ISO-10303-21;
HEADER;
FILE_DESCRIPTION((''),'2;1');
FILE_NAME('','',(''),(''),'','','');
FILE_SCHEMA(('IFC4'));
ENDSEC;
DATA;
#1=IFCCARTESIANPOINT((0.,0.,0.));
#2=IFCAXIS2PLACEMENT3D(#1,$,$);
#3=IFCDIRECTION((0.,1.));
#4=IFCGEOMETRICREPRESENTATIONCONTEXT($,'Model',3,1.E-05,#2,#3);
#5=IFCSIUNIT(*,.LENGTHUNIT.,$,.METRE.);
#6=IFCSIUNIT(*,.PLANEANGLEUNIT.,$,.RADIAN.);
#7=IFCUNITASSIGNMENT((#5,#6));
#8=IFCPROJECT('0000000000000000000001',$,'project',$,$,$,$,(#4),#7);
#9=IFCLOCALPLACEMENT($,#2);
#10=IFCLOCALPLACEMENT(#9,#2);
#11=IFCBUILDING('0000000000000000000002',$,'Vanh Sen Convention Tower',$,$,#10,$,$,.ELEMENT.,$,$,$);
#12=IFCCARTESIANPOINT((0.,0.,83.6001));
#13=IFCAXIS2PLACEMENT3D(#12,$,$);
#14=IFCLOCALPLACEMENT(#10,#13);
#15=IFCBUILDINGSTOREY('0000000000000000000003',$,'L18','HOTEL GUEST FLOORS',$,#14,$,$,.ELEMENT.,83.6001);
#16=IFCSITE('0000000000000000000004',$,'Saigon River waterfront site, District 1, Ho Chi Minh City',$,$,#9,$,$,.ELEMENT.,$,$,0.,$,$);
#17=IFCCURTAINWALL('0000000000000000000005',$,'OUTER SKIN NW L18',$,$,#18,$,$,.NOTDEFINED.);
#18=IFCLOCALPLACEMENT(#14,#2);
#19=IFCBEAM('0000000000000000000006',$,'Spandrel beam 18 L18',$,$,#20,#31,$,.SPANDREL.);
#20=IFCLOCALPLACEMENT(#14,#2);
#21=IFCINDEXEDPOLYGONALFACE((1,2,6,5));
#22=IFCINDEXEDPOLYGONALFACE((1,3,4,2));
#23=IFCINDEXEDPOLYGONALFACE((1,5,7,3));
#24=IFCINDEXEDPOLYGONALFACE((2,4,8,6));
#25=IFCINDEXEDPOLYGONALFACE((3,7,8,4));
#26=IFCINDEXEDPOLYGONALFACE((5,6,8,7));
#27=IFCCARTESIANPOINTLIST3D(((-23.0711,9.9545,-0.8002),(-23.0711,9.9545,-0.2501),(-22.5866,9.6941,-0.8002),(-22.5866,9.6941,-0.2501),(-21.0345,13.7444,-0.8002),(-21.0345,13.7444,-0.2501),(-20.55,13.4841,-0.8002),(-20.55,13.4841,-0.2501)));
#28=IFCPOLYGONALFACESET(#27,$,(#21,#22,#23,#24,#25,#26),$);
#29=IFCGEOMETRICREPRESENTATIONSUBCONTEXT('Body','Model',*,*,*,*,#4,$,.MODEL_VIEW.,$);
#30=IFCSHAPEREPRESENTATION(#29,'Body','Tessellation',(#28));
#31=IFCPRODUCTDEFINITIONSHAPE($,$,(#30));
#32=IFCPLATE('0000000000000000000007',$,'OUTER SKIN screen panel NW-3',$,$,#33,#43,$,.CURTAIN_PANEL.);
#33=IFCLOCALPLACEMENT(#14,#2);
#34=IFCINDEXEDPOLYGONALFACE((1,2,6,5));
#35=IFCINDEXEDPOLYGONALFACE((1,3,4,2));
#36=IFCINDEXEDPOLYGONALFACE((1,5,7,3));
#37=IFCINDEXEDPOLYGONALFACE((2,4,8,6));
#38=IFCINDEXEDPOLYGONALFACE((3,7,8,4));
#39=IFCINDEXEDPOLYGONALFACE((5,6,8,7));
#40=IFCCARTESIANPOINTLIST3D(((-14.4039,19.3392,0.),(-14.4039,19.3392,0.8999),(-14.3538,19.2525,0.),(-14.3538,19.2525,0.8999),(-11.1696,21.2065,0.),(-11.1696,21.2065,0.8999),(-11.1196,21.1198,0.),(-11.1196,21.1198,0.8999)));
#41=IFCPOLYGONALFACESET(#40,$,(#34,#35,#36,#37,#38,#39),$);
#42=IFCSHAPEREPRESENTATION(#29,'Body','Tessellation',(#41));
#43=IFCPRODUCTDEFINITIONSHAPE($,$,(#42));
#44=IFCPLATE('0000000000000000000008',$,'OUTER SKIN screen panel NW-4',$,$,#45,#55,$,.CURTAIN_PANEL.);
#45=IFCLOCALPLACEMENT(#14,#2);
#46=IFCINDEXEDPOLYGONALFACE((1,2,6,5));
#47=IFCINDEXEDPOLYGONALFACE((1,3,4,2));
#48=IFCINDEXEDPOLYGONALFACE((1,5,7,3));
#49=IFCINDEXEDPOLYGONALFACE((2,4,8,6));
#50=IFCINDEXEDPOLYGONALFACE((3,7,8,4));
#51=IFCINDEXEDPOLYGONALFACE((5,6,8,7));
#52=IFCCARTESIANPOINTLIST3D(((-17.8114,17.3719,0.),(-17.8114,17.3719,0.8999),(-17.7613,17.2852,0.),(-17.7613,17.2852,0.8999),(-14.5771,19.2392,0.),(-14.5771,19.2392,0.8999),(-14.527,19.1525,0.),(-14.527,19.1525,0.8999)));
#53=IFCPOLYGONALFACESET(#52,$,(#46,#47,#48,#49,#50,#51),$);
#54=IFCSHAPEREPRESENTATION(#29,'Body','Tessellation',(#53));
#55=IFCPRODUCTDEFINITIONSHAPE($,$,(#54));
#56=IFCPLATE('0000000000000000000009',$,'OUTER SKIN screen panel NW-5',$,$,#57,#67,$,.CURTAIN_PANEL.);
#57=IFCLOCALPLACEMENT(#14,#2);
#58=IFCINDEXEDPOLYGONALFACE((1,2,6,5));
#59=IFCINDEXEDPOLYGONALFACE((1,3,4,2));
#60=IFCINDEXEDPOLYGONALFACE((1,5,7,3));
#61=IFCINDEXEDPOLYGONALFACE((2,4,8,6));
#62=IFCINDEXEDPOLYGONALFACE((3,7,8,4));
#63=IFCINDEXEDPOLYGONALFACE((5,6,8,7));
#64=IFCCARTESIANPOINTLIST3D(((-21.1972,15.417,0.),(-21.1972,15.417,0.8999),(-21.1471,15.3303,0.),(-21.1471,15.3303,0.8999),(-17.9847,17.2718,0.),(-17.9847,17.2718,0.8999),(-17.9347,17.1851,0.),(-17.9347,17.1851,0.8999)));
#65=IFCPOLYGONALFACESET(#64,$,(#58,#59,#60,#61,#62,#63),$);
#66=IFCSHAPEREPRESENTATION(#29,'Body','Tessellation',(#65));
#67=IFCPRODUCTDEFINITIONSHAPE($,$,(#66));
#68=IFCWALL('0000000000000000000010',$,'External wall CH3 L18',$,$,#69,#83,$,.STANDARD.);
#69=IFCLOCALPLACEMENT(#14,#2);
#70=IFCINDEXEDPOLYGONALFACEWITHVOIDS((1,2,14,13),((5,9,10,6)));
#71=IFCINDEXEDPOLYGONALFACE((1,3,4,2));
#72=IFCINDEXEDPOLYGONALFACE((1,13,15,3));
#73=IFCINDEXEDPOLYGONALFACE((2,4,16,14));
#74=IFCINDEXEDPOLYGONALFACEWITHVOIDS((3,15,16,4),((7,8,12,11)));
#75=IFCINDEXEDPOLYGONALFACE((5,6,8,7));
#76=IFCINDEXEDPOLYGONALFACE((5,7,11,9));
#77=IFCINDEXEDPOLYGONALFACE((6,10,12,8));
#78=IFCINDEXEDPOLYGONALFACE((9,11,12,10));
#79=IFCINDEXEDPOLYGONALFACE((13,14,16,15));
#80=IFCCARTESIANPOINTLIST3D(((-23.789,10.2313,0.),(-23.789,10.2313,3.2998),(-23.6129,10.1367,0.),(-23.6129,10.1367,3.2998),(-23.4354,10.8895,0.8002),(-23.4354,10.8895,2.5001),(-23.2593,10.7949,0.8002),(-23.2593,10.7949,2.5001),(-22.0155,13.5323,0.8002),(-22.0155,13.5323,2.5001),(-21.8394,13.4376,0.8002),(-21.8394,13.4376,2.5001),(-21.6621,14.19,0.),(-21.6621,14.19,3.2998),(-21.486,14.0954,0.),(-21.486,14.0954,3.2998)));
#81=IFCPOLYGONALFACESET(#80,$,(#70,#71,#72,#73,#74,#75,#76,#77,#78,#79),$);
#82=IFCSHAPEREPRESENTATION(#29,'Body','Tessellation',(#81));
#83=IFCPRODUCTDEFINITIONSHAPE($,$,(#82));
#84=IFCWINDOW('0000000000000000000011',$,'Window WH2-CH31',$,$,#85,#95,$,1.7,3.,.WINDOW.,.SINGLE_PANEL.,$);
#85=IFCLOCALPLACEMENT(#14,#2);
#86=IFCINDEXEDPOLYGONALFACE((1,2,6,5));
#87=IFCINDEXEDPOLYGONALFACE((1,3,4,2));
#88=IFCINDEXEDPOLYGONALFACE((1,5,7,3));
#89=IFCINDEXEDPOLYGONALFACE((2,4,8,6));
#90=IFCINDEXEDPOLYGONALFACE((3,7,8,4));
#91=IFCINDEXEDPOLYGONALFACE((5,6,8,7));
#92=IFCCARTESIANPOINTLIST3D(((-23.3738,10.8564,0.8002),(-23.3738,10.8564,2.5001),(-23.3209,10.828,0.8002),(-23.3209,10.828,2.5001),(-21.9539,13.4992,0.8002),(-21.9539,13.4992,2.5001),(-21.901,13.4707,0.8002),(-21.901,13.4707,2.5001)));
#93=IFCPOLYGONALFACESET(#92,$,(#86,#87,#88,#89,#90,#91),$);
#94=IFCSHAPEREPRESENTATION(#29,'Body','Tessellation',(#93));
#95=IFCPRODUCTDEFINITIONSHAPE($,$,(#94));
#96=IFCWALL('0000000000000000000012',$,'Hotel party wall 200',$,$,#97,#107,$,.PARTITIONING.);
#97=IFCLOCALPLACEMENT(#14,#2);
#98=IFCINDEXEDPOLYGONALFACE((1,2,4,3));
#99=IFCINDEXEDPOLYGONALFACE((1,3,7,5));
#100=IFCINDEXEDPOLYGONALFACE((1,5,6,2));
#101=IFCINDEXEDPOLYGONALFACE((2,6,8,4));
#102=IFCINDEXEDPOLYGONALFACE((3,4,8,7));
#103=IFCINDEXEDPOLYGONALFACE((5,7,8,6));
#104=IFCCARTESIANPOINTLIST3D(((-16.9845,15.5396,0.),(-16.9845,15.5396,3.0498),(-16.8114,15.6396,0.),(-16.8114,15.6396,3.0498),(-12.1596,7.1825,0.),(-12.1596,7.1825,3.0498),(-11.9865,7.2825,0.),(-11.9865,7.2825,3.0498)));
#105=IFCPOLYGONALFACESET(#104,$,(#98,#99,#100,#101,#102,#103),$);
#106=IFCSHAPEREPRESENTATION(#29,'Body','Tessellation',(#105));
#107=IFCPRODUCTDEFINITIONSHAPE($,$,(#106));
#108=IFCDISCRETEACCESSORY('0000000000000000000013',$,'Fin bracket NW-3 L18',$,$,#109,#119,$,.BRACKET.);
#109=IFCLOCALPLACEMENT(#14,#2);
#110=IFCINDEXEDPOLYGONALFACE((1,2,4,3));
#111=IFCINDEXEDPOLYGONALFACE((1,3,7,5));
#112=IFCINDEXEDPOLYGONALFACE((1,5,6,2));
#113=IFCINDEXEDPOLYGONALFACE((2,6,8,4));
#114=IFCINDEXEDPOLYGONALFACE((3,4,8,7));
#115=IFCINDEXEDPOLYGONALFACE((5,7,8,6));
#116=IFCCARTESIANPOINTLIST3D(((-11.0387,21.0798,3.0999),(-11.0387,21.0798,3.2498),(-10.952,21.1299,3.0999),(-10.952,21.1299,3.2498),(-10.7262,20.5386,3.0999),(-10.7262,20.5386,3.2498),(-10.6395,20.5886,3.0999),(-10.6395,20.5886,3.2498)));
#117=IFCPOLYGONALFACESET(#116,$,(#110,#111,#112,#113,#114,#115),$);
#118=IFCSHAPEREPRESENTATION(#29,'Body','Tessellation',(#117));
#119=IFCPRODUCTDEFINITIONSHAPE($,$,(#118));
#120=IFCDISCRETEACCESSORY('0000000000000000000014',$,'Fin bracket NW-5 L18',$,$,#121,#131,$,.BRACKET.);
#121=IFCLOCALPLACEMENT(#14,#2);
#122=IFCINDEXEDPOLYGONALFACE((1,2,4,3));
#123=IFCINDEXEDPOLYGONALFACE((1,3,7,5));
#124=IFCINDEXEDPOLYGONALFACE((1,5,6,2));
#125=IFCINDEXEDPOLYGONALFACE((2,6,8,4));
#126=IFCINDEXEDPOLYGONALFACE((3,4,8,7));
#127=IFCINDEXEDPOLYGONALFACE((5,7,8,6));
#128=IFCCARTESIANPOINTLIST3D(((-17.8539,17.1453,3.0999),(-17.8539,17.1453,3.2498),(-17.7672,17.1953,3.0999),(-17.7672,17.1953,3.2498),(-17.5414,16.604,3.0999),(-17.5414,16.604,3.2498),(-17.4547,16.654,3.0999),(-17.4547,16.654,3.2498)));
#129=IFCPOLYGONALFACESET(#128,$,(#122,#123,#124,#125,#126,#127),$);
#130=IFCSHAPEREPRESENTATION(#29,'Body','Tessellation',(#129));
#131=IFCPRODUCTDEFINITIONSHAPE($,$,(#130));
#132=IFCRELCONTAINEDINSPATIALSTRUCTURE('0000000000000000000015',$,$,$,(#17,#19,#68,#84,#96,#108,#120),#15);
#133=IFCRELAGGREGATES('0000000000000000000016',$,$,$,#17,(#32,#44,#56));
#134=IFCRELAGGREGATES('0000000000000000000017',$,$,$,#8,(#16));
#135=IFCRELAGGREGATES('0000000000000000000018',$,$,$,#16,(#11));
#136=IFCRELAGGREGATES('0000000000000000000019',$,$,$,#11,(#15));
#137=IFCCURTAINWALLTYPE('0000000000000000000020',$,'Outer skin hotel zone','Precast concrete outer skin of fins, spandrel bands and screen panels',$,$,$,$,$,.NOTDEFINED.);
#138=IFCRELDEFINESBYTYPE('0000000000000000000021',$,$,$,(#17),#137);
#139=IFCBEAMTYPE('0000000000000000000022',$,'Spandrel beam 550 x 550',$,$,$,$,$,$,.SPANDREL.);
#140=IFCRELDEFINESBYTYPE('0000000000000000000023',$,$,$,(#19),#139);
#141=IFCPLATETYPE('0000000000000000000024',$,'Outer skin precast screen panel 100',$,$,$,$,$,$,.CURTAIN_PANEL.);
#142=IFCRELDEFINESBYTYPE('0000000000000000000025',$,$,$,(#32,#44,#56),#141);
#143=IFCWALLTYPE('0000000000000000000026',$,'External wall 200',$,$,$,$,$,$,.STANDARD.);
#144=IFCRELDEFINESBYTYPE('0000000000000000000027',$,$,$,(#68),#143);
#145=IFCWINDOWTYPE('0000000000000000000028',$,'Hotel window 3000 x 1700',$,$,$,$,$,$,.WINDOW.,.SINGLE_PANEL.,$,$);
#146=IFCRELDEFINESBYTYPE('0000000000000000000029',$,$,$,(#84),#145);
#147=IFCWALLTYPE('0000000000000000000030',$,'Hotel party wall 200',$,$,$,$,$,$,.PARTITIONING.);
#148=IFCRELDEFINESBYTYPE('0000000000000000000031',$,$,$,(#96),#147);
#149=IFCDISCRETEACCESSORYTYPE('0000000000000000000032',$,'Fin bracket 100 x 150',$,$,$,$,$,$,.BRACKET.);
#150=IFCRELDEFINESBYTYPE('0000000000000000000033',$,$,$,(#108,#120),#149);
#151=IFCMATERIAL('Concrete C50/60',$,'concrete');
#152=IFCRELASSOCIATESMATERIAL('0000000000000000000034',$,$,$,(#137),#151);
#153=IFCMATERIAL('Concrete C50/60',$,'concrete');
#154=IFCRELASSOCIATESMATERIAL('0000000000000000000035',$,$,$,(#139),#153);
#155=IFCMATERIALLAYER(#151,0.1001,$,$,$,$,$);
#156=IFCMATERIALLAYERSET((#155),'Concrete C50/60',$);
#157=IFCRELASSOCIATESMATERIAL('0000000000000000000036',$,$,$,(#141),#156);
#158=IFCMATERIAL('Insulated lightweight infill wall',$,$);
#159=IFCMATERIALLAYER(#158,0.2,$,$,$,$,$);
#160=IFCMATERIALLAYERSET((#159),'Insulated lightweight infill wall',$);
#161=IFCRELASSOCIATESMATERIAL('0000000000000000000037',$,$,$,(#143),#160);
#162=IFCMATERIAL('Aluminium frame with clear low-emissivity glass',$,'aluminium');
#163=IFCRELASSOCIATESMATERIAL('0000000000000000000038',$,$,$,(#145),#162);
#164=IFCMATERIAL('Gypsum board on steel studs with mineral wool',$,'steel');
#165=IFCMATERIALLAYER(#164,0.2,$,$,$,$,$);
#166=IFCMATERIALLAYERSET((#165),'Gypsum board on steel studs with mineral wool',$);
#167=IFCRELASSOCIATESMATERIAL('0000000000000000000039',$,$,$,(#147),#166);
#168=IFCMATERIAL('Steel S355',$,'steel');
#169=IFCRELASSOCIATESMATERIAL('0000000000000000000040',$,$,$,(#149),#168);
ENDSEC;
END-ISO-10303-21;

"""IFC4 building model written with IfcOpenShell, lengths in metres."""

from ifc_helpers import new_model, si_unit, direction, frame, frame_2d, origin, origin_2d, place, context, subcontext, project, spatial, rectangle, extrude, material, layer, layer_set, material_profile, profile_set, type_object, element, fill, aggregate, save


model = new_model("IFC4")

# Units and contexts
model_context = context("Model", 3, precision=1e-05, world=origin(), true_north=direction((0.0, 1.0)))
body_context = subcontext(model_context, "Body", "Model", "MODEL_VIEW")
ifc_project = project(units=[si_unit("LENGTHUNIT", "METRE"), si_unit("PLANEANGLEUNIT", "RADIAN")], contexts=[model_context])

# Site, building, storey
site_placement = place(None, origin())
site = spatial("IfcSite", under=ifc_project, at=site_placement, Name="Saigon River waterfront site, District 1, Ho Chi Minh City", CompositionType="ELEMENT", RefElevation=0.0)
building_placement = place(site_placement, origin())
building = spatial("IfcBuilding", under=site, at=building_placement, Name="Vanh Sen Convention Tower", CompositionType="ELEMENT")
storey_placement = place(building_placement, frame((0.0, 0.0, 83.6001)))
storey = spatial("IfcBuildingStorey", under=building, at=storey_placement, Name="L18", Description="HOTEL GUEST FLOORS", CompositionType="ELEMENT", Elevation=83.6001)

# Curtain wall
ifc_material_1 = material(Name="Concrete C50/60", Category="concrete")
curtain_wall_type = type_object("IfcCurtainWallType", Name="Outer skin hotel zone", Description="Precast concrete outer skin of fins, spandrel bands and screen panels", PredefinedType="NOTDEFINED", material=ifc_material_1)
curtain_wall_1_placement = place(storey_placement, origin())
curtain_wall_1 = element("IfcCurtainWall", 1, at=curtain_wall_1_placement, inside=storey, type_object=curtain_wall_type, Name="OUTER SKIN NW L18", PredefinedType="NOTDEFINED")

# Beam
ifc_material_2 = material(Name="Concrete C50/60", Category="concrete")
ifc_material_profile_1 = material_profile(ifc_material_2, rectangle(XDim=0.55, YDim=0.55, at=origin_2d()), Name="RC 550X550")
ifc_profile_set_1 = profile_set([ifc_material_profile_1], Name="Concrete C50/60")
beam_type_1 = type_object("IfcBeamType", Name="Spandrel beam 550 x 550", PredefinedType="SPANDREL", material=ifc_profile_set_1)
beam_1_placement = place(storey_placement, frame((-20.7922, 13.6143, -0.5251), z_axis=(-0.473348, -0.880875, 0.0), x_axis=(0.880875, -0.473348, 0.0)))
element("IfcBeam", 2, at=beam_1_placement, inside=storey, type_object=beam_type_1, Name="Spandrel beam 18 L18", PredefinedType="SPANDREL", context=body_context, shape_type="SweptSolid", body=[
    extrude(rectangle(XDim=0.55, YDim=0.55, at=origin_2d()), origin(), (0.0, 0.0, 1.0), 4.3025),
])

# Plates
ifc_layer_1 = layer(ifc_material_1, 0.1001)
ifc_layer_set_1 = layer_set([ifc_layer_1], Name="Concrete C50/60")
plate_type = type_object("IfcPlateType", Name="Outer skin precast screen panel 100", PredefinedType="CURTAIN_PANEL", material=ifc_layer_set_1)
plate_1_placement = place(storey_placement, frame((-12.7617, 20.2295, 0.0), z_axis=(0.0, 0.0, 1.0), x_axis=(-0.866028, -0.499995, 0.0)))
plate_1 = element("IfcPlate", 3, at=plate_1_placement, type_object=plate_type, Name="OUTER SKIN screen panel NW-3", PredefinedType="CURTAIN_PANEL", context=body_context, shape_type="SweptSolid", body=[
    extrude(rectangle(XDim=3.7346, YDim=0.1001, at=origin_2d()), origin(), (0.0, 0.0, 1.0), 0.8999),
])
plate_2_placement = place(storey_placement, frame((-16.1692, 18.2622, 0.0), z_axis=(0.0, 0.0, 1.0), x_axis=(-0.866028, -0.499995, 0.0)))
plate_2 = element("IfcPlate", 4, at=plate_2_placement, type_object=plate_type, Name="OUTER SKIN screen panel NW-4", PredefinedType="CURTAIN_PANEL", context=body_context, shape_type="SweptSolid", body=[
    extrude(rectangle(XDim=3.7346, YDim=0.1001, at=origin_2d()), origin(), (0.0, 0.0, 1.0), 0.8999),
])
plate_3_placement = place(storey_placement, frame((-19.5659, 16.301, 0.0), z_axis=(0.0, 0.0, 1.0), x_axis=(-0.866021, -0.500008, 0.0)))
plate_3 = element("IfcPlate", 5, at=plate_3_placement, type_object=plate_type, Name="OUTER SKIN screen panel NW-5", PredefinedType="CURTAIN_PANEL", context=body_context, shape_type="SweptSolid", body=[
    extrude(rectangle(XDim=3.7095, YDim=0.1001, at=origin_2d()), origin(), (0.0, 0.0, 1.0), 0.8999),
])
aggregate(curtain_wall_1, [plate_1, plate_2, plate_3])

# Wall, opening, window
ifc_material_3 = material(Name="Insulated lightweight infill wall")
ifc_layer_2 = layer(ifc_material_3, 0.2)
ifc_layer_set_2 = layer_set([ifc_layer_2], Name="Insulated lightweight infill wall")
wall_type_1 = type_object("IfcWallType", Name="External wall 200", PredefinedType="STANDARD", material=ifc_layer_set_2)
wall_1_placement = place(storey_placement, frame((-21.574, 14.1428, 0.0), z_axis=(0.0, 0.0, 1.0), x_axis=(-0.473293, -0.880905, 0.0)))
wall_1 = element("IfcWall", 6, at=wall_1_placement, inside=storey, type_object=wall_type_1, Name="External wall CH3 L18", PredefinedType="STANDARD", context=body_context, shape_type="SweptSolid", body=[
    extrude(rectangle(XDim=4.4939, YDim=0.2, at=frame_2d((2.2471, 0.0))), origin(), (0.0, 0.0, 1.0), 3.2998),
])
opening_placement = place(wall_1_placement, frame((0.7468, 0.0, 0.8)))
opening = element("IfcOpeningElement", 7, at=opening_placement, cuts=wall_1, PredefinedType="OPENING", context=body_context, shape_type="SweptSolid", body=[
    extrude(rectangle(XDim=3.0, YDim=1.7, at=frame_2d((1.5, 0.8501))), frame((0.0, 0.1099, 0.0), z_axis=(0.0, -1.0, 0.0), x_axis=(1.0, 0.0, 0.0)), (0.0, 0.0, 1.0), 0.22),
])
ifc_material_4 = material(Name="Aluminium frame with clear low-emissivity glass", Category="aluminium")
window_type = type_object("IfcWindowType", Name="Hotel window 3000 x 1700", PartitioningType="SINGLE_PANEL", PredefinedType="WINDOW", material=ifc_material_4)
window_placement = place(opening_placement, origin())
window = element("IfcWindow", 8, at=window_placement, inside=storey, type_object=window_type, Name="Window WH2-CH31", OverallHeight=1.7, OverallWidth=3.0, PartitioningType="SINGLE_PANEL", PredefinedType="WINDOW", context=body_context, shape_type="SweptSolid", body=[
    extrude(rectangle(XDim=3.0, YDim=1.7, at=frame_2d((1.5, 0.8501))), frame((0.0, 0.03, 0.0), z_axis=(0.0, -1.0, 0.0), x_axis=(1.0, 0.0, 0.0)), (0.0, 0.0, 1.0), 0.0601),
])
fill(opening, window)

# Wall
ifc_material_5 = material(Name="Gypsum board on steel studs with mineral wool", Category="steel")
ifc_layer_3 = layer(ifc_material_5, 0.2)
ifc_layer_set_3 = layer_set([ifc_layer_3], Name="Gypsum board on steel studs with mineral wool")
wall_type_2 = type_object("IfcWallType", Name="Hotel party wall 200", PredefinedType="PARTITIONING", material=ifc_layer_set_3)
wall_2_placement = place(storey_placement, frame((-16.8979, 15.5896, 0.0), z_axis=(0.0, 0.0, 1.0), x_axis=(0.499995, -0.866028, 0.0)))
element("IfcWall", 9, at=wall_2_placement, inside=storey, type_object=wall_type_2, Name="Hotel party wall 200", PredefinedType="PARTITIONING", context=body_context, shape_type="SweptSolid", body=[
    extrude(rectangle(XDim=9.6499, YDim=0.2, at=frame_2d((4.825, 0.0))), origin(), (0.0, 0.0, 1.0), 3.0498),
])

# Discrete accessories
ifc_material_6 = material(Name="Steel S355", Category="steel")
discrete_accessory_type = type_object("IfcDiscreteAccessoryType", Name="Fin bracket 100 x 150", PredefinedType="BRACKET", material=ifc_material_6)
for number, where, z_axis, x_axis, name in (
    (10, (-10.8391, 20.8342, 3.0999), (0.0, 0.0, 1.0), (-0.5, 0.866025, 0.0), "Fin bracket NW-3 L18"),
    (11, (-17.6543, 16.8997, 3.0999), (0.0, 0.0, 1.0), (-0.5, 0.866025, 0.0), "Fin bracket NW-5 L18"),
):
    element("IfcDiscreteAccessory", number, at=place(storey_placement, frame(where, z_axis=z_axis, x_axis=x_axis)), inside=storey, type_object=discrete_accessory_type, Name=name, PredefinedType="BRACKET", context=body_context, shape_type="SweptSolid", body=[
        extrude(rectangle(XDim=0.625, YDim=0.1001, at=origin_2d()), origin(), (0.0, 0.0, 1.0), 0.1499),
    ])

save(model, "model.ifc")
